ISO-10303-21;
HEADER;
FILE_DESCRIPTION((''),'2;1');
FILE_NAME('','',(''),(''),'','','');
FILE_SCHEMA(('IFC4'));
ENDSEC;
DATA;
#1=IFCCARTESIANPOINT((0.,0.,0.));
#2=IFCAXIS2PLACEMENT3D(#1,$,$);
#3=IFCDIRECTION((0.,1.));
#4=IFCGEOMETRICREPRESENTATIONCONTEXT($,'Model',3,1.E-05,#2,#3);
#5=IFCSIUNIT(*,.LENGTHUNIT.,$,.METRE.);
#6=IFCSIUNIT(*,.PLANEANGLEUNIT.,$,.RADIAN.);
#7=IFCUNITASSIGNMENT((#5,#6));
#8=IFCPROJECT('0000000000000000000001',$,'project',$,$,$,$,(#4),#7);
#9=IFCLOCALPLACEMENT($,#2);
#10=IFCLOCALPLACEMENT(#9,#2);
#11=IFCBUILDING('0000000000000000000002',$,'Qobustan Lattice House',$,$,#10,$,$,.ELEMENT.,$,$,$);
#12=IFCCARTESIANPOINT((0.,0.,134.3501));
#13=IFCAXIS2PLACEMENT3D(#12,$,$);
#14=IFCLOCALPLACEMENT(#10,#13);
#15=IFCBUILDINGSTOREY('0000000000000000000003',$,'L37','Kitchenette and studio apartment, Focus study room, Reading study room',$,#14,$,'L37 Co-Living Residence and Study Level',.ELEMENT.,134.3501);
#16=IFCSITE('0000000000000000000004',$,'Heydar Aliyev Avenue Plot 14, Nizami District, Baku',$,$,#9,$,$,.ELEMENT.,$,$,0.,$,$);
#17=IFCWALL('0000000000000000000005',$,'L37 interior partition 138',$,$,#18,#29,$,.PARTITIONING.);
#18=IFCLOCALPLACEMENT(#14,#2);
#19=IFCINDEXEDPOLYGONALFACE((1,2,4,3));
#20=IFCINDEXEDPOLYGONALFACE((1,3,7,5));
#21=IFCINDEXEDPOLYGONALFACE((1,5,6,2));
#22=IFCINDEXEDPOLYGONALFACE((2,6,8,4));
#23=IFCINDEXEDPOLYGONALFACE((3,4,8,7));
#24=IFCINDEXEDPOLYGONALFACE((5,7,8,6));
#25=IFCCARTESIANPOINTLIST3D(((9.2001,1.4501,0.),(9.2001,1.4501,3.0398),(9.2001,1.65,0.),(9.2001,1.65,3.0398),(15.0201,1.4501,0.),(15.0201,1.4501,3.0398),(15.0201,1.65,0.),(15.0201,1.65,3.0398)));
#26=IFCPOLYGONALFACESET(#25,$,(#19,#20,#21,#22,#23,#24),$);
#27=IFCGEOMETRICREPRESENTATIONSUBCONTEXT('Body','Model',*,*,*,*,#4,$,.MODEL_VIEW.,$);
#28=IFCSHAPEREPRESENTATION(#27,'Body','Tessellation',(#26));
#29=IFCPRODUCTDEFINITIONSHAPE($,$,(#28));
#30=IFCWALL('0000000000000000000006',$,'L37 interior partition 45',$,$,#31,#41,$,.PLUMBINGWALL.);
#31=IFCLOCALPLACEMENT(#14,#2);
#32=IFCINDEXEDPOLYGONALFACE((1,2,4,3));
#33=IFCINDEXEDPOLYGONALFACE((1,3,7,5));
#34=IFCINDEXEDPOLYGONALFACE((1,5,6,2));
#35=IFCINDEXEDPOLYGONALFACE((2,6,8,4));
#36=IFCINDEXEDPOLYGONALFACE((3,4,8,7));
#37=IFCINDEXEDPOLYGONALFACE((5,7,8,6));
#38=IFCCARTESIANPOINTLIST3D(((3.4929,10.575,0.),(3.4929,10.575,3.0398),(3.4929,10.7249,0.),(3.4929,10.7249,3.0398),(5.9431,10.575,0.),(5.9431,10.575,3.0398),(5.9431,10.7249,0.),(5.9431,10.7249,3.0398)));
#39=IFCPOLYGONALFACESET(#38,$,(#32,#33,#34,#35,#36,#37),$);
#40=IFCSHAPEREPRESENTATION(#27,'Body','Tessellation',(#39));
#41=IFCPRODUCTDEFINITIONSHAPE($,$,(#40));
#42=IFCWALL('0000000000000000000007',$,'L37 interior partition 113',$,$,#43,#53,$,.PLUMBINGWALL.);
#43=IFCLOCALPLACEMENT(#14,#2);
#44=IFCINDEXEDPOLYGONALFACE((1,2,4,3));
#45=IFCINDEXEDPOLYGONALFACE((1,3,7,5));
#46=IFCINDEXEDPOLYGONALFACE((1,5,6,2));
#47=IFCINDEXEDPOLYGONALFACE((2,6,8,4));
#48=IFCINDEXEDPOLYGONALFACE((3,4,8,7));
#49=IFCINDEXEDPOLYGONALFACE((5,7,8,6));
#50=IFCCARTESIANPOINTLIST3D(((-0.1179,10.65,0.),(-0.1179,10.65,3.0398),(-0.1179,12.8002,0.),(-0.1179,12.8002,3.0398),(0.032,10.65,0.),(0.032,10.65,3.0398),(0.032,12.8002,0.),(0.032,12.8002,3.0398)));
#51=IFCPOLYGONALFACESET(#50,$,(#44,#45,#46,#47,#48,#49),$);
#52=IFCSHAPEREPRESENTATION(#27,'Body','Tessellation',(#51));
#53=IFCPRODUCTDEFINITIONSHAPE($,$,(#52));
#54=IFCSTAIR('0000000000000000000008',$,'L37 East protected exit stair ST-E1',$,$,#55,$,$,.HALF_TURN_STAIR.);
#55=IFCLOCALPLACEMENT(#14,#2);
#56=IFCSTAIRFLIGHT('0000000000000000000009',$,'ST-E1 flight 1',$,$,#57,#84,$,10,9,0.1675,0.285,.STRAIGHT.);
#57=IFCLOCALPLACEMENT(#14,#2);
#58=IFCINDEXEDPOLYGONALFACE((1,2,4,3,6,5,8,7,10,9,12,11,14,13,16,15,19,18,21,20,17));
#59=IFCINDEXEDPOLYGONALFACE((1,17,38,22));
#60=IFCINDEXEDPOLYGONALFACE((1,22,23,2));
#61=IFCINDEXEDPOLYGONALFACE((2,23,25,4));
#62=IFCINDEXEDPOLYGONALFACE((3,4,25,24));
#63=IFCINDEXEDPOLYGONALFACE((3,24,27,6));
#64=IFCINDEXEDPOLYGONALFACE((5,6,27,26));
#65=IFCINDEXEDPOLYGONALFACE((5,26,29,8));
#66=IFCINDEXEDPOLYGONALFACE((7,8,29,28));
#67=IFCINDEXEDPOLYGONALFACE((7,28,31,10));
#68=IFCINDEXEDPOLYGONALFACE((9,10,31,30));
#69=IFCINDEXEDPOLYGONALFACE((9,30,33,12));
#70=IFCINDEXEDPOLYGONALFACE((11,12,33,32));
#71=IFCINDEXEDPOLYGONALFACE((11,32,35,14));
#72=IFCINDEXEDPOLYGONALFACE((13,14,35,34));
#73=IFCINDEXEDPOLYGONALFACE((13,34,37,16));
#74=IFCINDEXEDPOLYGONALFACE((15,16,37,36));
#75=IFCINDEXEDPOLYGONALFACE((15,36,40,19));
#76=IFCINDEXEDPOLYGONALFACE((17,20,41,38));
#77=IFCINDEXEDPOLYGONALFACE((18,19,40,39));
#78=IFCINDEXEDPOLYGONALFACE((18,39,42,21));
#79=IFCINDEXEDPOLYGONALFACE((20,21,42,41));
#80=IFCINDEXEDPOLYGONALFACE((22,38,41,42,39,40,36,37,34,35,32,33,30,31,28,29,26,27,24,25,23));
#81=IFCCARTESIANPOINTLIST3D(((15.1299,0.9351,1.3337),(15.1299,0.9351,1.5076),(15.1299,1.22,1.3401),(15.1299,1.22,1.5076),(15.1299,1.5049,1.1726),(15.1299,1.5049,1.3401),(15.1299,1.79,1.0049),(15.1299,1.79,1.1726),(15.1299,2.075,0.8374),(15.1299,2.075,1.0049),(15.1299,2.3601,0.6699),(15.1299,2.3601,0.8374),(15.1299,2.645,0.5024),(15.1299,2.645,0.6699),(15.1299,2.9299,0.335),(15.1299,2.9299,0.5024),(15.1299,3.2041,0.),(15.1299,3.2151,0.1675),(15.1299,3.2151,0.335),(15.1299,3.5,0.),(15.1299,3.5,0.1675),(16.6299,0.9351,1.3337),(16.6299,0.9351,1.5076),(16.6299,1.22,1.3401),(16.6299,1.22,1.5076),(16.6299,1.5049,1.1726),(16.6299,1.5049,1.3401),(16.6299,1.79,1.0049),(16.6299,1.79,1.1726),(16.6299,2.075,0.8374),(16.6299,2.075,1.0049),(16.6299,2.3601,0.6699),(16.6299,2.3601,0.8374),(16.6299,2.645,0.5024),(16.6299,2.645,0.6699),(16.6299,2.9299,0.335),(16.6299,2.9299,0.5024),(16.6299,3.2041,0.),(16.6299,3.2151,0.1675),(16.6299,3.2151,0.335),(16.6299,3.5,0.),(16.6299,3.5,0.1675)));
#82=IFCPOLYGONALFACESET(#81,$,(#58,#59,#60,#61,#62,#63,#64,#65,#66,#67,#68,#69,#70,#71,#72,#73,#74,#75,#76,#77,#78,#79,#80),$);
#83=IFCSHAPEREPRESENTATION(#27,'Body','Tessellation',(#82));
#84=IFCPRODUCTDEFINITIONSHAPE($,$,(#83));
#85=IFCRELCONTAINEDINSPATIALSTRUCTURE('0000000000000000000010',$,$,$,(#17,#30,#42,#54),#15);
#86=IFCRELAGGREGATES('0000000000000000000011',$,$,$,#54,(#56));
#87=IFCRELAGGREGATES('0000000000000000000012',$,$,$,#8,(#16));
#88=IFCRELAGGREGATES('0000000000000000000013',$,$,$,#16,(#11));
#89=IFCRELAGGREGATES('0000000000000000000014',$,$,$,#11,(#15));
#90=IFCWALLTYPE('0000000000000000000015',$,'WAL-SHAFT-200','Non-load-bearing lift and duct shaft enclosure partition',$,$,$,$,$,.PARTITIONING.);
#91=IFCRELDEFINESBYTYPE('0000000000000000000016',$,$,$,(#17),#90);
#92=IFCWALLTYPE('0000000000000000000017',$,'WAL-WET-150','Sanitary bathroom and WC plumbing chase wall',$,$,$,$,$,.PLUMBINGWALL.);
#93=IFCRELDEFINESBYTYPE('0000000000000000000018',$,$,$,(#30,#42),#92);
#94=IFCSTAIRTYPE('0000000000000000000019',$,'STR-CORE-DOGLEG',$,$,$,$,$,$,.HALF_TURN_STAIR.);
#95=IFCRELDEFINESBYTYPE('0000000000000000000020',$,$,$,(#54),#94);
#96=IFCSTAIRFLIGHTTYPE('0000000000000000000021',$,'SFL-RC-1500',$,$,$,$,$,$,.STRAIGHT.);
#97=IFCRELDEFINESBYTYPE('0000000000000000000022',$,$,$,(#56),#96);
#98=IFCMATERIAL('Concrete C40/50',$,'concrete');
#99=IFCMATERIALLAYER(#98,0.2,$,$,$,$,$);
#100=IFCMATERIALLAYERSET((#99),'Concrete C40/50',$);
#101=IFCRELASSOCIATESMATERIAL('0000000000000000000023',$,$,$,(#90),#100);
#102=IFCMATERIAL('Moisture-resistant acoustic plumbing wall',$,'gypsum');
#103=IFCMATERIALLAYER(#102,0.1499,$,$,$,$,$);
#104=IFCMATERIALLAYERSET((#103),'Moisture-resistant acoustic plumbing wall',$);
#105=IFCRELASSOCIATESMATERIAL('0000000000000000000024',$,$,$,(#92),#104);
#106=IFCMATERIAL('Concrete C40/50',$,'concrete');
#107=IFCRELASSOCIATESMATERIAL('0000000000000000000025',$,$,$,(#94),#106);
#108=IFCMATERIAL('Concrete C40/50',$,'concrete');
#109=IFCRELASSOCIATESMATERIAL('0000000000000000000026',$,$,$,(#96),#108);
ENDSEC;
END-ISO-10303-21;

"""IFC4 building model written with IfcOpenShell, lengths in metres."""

from ifc_helpers import new_model, si_unit, direction, frame, frame_2d, origin, place, context, subcontext, project, spatial, polyline, rectangle, outline, extrude, material, layer, layer_set, type_object, element, aggregate, save


model = new_model("IFC4")

# Units and contexts
model_context = context("Model", 3, precision=1e-05, world=origin(), true_north=direction((0.0, 1.0)))
body_context = subcontext(model_context, "Body", "Model", "MODEL_VIEW")
ifc_project = project(units=[si_unit("LENGTHUNIT", "METRE"), si_unit("PLANEANGLEUNIT", "RADIAN")], contexts=[model_context])

# Site, building, storey
site_placement = place(None, origin())
site = spatial("IfcSite", under=ifc_project, at=site_placement, Name="Heydar Aliyev Avenue Plot 14, Nizami District, Baku", CompositionType="ELEMENT", RefElevation=0.0)
building_placement = place(site_placement, origin())
building = spatial("IfcBuilding", under=site, at=building_placement, Name="Qobustan Lattice House", CompositionType="ELEMENT")
storey_placement = place(building_placement, frame((0.0, 0.0, 134.3501)))
storey = spatial("IfcBuildingStorey", under=building, at=storey_placement, Name="L37", Description="Kitchenette and studio apartment, Focus study room, Reading study room", LongName="L37 Co-Living Residence and Study Level", CompositionType="ELEMENT", Elevation=134.3501)

# Walls
ifc_material_1 = material(Name="Concrete C40/50", Category="concrete")
ifc_layer_1 = layer(ifc_material_1, 0.2)
ifc_layer_set_1 = layer_set([ifc_layer_1], Name="Concrete C40/50")
wall_type_1 = type_object("IfcWallType", Name="WAL-SHAFT-200", Description="Non-load-bearing lift and duct shaft enclosure partition", PredefinedType="PARTITIONING", material=ifc_layer_set_1)
wall_1_placement = place(storey_placement, frame((9.2, 1.55, 0.0), z_axis=(0.0, 0.0, 1.0), x_axis=(1.0, 0.0, 0.0)))
element("IfcWall", 1, at=wall_1_placement, inside=storey, type_object=wall_type_1, Name="L37 interior partition 138", PredefinedType="PARTITIONING", context=body_context, shape_type="SweptSolid", body=[
    extrude(rectangle(XDim=5.8201, YDim=0.2, at=frame_2d((2.9102, 0.0))), origin(), (0.0, 0.0, 1.0), 3.0398),
])
ifc_material_2 = material(Name="Moisture-resistant acoustic plumbing wall", Category="gypsum")
ifc_layer_2 = layer(ifc_material_2, 0.1499)
ifc_layer_set_2 = layer_set([ifc_layer_2], Name="Moisture-resistant acoustic plumbing wall")
wall_type_2 = type_object("IfcWallType", Name="WAL-WET-150", Description="Sanitary bathroom and WC plumbing chase wall", PredefinedType="PLUMBINGWALL", material=ifc_layer_set_2)
wall_2_placement = place(storey_placement, frame((3.4929, 10.6499, 0.0), z_axis=(0.0, 0.0, 1.0), x_axis=(1.0, 0.0, 0.0)))
element("IfcWall", 2, at=wall_2_placement, inside=storey, type_object=wall_type_2, Name="L37 interior partition 45", PredefinedType="PLUMBINGWALL", context=body_context, shape_type="SweptSolid", body=[
    extrude(rectangle(XDim=2.4502, YDim=0.1499, at=frame_2d((1.2251, 0.0))), origin(), (0.0, 0.0, 1.0), 3.0398),
])
wall_3_placement = place(storey_placement, frame((-0.043, 10.6499, 0.0), z_axis=(0.0, 0.0, 1.0), x_axis=(0.0, 1.0, 0.0)))
element("IfcWall", 3, at=wall_3_placement, inside=storey, type_object=wall_type_2, Name="L37 interior partition 113", PredefinedType="PLUMBINGWALL", context=body_context, shape_type="SweptSolid", body=[
    extrude(rectangle(XDim=2.1501, YDim=0.1499, at=frame_2d((1.0752, 0.0))), origin(), (0.0, 0.0, 1.0), 3.0398),
])

# Stair, stair flight
ifc_material_3 = material(Name="Concrete C40/50", Category="concrete")
stair_type = type_object("IfcStairType", Name="STR-CORE-DOGLEG", PredefinedType="HALF_TURN_STAIR", material=ifc_material_3)
stair_placement = place(storey_placement, origin())
stair = element("IfcStair", 4, at=stair_placement, inside=storey, type_object=stair_type, Name="L37 East protected exit stair ST-E1", PredefinedType="HALF_TURN_STAIR")
ifc_material_4 = material(Name="Concrete C40/50", Category="concrete")
stair_flight_type = type_object("IfcStairFlightType", Name="SFL-RC-1500", PredefinedType="STRAIGHT", material=ifc_material_4)
stair_flight_placement = place(storey_placement, frame((15.8799, 3.5, 0.0), z_axis=(0.0, 0.0, 1.0), x_axis=(0.0, -1.0, 0.0)))
stair_flight = element("IfcStairFlight", 5, at=stair_flight_placement, type_object=stair_flight_type, Name="ST-E1 flight 1", NumberOfRisers=10, NumberOfTreads=9, PredefinedType="STRAIGHT", RiserHeight=0.1675, TreadLength=0.285, context=body_context, shape_type="SweptSolid", body=[
    extrude(outline(polyline([(0.0, 0.0), (0.0, 0.1675), (0.2849, 0.1675), (0.2849, 0.335), (0.5701, 0.335), (0.5701, 0.5024), (0.855, 0.5024), (0.855, 0.6699), (1.1399, 0.6699), (1.1399, 0.8374), (1.425, 0.8374), (1.425, 1.0049), (1.71, 1.0049), (1.71, 1.1726), (1.9951, 1.1726), (1.9951, 1.3401), (2.28, 1.3401), (2.28, 1.5076), (2.5649, 1.5076), (2.5649, 1.675), (2.5649, 1.3337), (0.2959, 0.0), (0.0, 0.0)])), frame((0.0, 0.75, 0.0), z_axis=(0.0, -1.0, 0.0), x_axis=(1.0, 0.0, 0.0)), (0.0, 0.0, 1.0), 1.5),
])
aggregate(stair, [stair_flight])

save(model, "model.ifc")
